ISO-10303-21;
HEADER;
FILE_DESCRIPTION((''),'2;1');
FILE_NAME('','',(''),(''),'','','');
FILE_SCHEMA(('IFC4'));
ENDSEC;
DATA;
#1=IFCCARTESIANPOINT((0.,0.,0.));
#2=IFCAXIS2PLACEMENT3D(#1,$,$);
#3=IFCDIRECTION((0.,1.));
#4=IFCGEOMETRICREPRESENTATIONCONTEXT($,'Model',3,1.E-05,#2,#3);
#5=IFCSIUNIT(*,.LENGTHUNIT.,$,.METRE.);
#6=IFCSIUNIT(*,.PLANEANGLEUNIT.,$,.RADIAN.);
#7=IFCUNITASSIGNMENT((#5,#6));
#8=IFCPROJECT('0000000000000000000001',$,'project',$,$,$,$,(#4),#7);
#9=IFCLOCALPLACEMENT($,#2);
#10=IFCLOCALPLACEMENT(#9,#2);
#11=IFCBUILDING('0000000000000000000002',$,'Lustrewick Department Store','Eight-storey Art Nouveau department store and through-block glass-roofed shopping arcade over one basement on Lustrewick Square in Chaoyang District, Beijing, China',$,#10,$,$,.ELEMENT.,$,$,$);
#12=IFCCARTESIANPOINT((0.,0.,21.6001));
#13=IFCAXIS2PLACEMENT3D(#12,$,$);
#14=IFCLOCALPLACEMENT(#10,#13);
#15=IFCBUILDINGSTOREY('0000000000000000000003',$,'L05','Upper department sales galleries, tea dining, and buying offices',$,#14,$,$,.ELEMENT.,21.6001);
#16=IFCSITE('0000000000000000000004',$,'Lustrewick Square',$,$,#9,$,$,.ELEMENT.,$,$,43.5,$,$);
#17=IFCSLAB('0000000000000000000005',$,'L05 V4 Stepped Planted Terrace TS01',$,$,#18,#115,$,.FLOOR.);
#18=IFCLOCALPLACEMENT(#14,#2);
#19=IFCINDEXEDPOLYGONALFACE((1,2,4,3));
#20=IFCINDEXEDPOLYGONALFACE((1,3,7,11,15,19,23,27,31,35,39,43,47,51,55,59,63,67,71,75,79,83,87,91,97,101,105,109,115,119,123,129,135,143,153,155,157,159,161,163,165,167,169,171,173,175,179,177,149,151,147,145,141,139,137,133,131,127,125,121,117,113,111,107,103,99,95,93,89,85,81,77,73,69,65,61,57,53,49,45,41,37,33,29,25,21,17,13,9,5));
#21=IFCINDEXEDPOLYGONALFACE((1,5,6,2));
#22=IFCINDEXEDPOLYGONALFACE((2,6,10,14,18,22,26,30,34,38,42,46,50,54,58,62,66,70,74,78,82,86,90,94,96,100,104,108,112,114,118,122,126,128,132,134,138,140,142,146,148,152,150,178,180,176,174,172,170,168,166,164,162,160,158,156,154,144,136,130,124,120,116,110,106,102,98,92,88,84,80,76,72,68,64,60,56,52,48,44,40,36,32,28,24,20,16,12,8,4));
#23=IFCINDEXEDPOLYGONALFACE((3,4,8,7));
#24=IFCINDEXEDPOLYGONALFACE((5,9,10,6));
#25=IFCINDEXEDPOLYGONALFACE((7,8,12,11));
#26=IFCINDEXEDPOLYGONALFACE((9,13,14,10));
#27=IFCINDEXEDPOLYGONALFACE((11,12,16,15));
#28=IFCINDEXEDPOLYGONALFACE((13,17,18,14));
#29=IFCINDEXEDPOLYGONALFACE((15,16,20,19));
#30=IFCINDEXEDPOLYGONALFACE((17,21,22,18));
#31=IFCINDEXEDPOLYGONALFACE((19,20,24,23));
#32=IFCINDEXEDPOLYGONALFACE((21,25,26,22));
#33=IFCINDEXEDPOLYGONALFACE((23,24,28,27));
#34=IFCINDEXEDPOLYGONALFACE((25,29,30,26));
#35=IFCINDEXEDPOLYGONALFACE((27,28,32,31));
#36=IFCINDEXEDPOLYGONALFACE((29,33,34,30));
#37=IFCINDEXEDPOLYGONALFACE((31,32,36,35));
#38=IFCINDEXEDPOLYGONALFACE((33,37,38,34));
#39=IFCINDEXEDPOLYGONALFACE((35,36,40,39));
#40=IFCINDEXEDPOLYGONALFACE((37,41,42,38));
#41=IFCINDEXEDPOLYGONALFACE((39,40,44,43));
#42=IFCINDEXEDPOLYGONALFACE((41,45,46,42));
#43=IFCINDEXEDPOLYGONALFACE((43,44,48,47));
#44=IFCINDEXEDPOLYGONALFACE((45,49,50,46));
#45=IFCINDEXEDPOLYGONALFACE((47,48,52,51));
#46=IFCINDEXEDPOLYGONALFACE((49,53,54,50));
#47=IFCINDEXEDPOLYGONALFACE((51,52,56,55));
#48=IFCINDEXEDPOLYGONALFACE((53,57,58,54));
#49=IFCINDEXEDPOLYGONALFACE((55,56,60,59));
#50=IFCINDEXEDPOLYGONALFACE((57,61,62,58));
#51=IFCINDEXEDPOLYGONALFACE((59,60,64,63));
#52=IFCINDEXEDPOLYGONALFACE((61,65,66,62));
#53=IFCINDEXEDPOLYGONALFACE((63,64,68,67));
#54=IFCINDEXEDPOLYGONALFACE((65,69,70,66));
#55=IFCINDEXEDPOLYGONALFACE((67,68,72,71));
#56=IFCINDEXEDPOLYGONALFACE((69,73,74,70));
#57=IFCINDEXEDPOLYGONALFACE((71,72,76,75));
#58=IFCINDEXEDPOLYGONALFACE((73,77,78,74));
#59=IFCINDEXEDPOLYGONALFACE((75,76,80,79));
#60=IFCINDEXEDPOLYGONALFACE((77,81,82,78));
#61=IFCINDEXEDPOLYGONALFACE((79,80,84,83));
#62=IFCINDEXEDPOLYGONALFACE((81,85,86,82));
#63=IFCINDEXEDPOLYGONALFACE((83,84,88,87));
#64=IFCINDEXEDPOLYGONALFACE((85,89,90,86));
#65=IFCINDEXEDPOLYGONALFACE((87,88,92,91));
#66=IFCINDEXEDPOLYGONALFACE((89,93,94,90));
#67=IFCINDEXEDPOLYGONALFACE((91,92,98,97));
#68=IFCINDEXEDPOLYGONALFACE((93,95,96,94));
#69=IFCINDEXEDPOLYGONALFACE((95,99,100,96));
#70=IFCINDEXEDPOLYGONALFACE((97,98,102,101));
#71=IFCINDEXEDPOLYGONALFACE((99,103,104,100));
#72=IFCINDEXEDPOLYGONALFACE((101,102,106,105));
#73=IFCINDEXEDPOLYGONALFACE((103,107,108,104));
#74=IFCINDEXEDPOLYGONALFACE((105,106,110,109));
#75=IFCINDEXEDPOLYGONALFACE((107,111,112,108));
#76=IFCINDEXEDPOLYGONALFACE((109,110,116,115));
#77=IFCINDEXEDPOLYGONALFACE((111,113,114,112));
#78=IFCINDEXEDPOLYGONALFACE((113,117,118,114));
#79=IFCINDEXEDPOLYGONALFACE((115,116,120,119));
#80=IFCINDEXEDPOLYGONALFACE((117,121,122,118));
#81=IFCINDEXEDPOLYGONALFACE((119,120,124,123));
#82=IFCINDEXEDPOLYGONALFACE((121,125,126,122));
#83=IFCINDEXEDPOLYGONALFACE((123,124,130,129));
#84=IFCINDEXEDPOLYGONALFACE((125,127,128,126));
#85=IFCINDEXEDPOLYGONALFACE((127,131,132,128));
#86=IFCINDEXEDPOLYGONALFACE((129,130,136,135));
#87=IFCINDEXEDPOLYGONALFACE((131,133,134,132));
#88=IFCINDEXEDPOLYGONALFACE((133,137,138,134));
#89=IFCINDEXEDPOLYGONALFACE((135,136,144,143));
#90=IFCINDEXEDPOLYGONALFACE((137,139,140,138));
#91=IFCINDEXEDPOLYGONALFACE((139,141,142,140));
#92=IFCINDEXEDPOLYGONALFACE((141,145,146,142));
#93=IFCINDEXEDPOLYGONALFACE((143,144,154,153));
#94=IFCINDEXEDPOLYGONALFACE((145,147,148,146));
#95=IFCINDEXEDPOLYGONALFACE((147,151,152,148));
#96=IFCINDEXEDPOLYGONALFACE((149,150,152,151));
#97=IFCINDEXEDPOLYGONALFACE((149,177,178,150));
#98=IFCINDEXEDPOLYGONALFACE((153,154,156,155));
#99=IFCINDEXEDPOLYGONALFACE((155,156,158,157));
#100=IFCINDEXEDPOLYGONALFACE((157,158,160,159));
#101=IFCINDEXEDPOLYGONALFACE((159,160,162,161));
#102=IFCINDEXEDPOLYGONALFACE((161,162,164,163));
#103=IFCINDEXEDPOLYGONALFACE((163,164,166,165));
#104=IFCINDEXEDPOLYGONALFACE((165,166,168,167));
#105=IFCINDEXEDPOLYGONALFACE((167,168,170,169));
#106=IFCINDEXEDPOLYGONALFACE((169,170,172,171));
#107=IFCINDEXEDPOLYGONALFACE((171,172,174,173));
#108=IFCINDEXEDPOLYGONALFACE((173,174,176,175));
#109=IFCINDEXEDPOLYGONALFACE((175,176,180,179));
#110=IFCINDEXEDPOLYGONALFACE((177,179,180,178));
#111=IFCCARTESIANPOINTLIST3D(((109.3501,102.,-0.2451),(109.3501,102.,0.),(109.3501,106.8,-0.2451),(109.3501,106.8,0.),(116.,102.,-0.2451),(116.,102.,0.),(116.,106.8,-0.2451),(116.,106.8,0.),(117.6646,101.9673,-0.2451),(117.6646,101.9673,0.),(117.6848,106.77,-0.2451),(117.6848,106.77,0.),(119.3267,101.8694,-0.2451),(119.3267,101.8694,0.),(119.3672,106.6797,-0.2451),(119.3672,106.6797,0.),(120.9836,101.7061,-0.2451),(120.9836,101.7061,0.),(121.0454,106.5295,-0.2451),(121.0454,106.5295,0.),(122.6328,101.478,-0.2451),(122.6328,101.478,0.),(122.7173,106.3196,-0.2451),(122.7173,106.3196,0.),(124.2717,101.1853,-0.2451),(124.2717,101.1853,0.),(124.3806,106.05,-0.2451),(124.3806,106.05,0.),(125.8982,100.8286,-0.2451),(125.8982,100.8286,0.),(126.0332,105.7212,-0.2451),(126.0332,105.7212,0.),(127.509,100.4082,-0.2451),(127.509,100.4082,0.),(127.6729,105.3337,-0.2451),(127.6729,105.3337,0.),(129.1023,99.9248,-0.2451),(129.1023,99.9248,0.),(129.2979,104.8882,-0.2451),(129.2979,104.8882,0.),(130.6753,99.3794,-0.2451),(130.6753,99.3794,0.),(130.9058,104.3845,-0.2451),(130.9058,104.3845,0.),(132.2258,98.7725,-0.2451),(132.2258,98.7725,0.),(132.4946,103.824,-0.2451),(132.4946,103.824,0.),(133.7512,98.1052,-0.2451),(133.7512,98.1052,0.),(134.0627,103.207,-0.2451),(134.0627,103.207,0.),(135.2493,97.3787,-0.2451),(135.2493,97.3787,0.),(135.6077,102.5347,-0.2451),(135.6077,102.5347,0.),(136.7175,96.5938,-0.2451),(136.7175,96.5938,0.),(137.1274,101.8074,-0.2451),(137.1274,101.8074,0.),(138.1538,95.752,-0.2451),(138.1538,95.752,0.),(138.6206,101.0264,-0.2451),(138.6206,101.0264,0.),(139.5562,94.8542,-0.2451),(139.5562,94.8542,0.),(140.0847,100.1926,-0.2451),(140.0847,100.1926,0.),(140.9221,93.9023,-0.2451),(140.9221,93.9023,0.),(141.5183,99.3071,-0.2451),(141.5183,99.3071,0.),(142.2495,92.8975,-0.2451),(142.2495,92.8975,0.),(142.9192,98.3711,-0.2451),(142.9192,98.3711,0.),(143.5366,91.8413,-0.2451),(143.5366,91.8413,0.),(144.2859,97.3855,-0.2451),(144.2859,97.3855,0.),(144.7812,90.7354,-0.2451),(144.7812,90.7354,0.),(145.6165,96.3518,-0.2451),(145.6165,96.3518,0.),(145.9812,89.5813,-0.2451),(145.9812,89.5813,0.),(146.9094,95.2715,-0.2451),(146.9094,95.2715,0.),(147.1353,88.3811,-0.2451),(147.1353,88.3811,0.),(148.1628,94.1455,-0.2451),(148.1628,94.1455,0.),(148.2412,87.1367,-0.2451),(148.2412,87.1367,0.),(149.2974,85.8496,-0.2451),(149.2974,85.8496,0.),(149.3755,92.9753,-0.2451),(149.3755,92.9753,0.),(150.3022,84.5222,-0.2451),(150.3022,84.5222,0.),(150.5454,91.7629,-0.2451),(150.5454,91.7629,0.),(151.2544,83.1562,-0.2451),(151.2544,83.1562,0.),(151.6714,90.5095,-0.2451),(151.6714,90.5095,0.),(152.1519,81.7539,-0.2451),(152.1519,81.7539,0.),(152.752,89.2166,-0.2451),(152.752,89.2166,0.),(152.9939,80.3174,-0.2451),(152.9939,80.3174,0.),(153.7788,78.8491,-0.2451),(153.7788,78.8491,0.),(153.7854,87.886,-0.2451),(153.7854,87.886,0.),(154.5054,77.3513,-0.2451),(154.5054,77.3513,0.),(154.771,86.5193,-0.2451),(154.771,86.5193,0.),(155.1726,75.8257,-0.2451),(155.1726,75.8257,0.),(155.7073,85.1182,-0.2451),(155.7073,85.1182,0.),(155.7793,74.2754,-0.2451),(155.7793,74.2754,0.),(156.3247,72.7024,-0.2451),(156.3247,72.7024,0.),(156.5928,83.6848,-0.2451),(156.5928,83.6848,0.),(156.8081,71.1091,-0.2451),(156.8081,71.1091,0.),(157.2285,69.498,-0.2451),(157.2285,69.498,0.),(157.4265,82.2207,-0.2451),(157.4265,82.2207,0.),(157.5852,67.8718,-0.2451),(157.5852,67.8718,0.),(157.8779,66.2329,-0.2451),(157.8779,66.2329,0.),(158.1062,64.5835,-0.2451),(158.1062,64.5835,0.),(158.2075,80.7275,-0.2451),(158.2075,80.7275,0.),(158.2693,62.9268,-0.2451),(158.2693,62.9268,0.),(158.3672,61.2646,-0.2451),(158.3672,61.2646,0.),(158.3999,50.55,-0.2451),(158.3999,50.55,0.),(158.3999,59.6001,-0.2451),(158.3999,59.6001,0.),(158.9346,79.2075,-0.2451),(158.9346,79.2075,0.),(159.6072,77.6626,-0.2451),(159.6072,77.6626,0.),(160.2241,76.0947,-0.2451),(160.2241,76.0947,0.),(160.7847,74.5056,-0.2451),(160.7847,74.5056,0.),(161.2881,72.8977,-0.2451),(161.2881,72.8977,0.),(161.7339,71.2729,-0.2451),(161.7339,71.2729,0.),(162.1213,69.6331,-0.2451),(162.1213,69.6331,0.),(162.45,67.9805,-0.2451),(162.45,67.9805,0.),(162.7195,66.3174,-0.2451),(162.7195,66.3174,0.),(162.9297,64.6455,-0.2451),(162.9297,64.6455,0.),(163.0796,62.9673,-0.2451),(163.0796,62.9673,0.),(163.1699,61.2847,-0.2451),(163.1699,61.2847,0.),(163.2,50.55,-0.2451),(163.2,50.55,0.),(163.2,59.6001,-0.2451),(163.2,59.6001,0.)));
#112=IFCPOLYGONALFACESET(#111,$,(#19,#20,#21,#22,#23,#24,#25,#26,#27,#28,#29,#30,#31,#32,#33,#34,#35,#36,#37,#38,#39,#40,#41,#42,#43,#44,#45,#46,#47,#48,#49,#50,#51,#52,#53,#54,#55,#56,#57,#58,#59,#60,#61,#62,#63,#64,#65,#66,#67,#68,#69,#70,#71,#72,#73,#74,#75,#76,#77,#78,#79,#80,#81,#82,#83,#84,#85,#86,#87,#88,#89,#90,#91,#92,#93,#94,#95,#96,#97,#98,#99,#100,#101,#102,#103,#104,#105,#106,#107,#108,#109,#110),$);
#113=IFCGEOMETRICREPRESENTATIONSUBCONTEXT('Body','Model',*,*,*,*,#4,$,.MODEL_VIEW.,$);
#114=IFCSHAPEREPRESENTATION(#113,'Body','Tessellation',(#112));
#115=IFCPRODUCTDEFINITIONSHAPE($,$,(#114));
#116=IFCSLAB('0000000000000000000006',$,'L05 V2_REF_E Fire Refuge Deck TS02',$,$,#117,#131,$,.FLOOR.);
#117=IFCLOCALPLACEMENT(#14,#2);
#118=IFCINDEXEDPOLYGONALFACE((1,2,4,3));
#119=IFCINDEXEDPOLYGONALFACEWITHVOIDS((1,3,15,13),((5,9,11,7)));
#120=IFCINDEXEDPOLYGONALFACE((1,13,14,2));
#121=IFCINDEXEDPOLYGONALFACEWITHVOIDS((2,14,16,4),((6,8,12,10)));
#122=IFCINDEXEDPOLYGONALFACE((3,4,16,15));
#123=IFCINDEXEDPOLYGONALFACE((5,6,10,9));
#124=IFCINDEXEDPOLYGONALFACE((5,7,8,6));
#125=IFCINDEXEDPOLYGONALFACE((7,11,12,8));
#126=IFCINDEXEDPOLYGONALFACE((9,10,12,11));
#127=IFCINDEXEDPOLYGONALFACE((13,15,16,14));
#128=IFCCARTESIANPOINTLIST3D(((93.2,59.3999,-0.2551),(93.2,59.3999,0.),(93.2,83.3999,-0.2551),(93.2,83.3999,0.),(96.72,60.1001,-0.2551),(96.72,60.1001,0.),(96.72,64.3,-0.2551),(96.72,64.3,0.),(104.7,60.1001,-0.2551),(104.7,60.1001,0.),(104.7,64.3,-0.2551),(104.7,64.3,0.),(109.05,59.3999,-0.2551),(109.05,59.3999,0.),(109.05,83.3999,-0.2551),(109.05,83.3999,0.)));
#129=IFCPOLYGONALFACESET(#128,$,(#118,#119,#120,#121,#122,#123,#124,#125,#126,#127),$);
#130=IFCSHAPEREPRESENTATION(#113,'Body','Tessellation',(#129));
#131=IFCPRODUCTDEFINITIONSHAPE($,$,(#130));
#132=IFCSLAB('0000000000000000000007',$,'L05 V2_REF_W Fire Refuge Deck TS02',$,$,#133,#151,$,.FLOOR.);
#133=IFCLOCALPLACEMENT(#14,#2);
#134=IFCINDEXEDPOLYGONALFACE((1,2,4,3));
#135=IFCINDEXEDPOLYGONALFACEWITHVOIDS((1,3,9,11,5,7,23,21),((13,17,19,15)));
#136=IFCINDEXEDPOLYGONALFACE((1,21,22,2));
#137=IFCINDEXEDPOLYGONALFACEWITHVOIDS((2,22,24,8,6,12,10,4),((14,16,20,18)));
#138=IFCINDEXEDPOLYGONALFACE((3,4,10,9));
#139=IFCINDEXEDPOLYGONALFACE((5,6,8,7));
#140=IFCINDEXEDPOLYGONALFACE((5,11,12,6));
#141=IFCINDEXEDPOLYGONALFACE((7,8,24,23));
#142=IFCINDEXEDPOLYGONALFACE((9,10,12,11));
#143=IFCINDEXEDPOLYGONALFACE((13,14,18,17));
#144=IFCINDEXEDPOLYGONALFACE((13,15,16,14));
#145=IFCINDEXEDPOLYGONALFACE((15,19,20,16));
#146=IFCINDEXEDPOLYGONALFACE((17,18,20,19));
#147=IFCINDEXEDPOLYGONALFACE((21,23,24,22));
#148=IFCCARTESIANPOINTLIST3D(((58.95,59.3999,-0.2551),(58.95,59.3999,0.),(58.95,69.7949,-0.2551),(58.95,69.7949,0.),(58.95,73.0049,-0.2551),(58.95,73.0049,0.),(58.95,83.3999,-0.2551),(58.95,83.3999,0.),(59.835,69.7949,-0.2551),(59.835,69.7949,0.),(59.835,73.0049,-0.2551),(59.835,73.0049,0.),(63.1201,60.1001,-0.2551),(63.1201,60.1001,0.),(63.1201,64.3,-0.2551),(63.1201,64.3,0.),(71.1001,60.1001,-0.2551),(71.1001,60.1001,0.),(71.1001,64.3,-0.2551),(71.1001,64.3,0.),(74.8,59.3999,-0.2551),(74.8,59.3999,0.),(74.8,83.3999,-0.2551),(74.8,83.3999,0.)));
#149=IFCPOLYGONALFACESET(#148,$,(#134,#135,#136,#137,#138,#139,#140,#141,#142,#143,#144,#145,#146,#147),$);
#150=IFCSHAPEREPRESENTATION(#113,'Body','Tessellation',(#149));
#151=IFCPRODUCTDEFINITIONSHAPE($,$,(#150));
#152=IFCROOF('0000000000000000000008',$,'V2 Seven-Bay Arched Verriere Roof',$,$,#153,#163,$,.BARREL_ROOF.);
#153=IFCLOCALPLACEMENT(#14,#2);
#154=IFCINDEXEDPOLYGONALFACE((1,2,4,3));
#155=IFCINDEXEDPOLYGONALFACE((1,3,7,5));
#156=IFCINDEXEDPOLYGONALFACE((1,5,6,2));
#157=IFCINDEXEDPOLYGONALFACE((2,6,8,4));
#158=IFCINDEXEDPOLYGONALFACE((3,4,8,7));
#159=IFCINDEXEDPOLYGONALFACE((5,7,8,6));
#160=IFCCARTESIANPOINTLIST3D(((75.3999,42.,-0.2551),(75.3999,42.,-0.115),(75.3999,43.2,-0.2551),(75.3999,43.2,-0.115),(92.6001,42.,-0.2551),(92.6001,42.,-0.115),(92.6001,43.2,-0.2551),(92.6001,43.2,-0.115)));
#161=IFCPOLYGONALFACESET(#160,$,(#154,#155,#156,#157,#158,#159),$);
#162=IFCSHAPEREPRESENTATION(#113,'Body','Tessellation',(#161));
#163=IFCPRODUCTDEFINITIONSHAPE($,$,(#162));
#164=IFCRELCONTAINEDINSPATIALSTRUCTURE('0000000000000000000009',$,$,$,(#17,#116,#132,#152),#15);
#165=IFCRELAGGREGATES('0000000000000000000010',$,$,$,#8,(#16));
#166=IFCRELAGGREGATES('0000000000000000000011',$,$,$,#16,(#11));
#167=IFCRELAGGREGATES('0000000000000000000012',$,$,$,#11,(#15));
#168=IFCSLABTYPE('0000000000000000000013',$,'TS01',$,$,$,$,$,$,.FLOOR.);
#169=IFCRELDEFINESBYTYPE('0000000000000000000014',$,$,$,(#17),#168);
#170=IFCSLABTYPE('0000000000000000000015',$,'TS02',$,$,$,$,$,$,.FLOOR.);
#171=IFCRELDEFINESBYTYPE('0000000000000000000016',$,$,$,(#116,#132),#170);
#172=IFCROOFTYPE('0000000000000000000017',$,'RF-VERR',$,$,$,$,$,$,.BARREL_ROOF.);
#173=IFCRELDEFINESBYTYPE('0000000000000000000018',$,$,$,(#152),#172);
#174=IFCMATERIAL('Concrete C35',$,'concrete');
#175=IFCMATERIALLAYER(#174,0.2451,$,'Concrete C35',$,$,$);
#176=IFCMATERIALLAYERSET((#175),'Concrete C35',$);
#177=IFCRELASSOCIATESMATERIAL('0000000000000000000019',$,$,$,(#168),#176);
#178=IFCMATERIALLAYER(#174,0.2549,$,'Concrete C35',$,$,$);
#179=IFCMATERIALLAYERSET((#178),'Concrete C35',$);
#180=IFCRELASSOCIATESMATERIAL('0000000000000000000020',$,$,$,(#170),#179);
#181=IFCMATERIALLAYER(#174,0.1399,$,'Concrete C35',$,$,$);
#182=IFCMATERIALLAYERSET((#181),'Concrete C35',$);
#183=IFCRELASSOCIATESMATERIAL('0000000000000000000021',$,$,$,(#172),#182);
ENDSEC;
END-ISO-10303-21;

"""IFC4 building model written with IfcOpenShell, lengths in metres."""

from ifc_helpers import new_model, si_unit, direction, frame, origin, place, context, subcontext, project, spatial, polyline, outline, extrude, material, layer, layer_set, type_object, element, save


model = new_model("IFC4")

# Units and contexts
model_context = context("Model", 3, precision=1e-05, world=origin(), true_north=direction((0.0, 1.0)))
body_context = subcontext(model_context, "Body", "Model", "MODEL_VIEW")
ifc_project = project(units=[si_unit("LENGTHUNIT", "METRE"), si_unit("PLANEANGLEUNIT", "RADIAN")], contexts=[model_context])

# Site, building, storey
site_placement = place(None, origin())
site = spatial("IfcSite", under=ifc_project, at=site_placement, Name="Lustrewick Square", CompositionType="ELEMENT", RefElevation=43.5)
building_placement = place(site_placement, origin())
building = spatial("IfcBuilding", under=site, at=building_placement, Name="Lustrewick Department Store", Description="Eight-storey Art Nouveau department store and through-block glass-roofed shopping arcade over one basement on Lustrewick Square in Chaoyang District, Beijing, China", CompositionType="ELEMENT")
storey_placement = place(building_placement, frame((0.0, 0.0, 21.6001)))
storey = spatial("IfcBuildingStorey", under=building, at=storey_placement, Name="L05", Description="Upper department sales galleries, tea dining, and buying offices", CompositionType="ELEMENT", Elevation=21.6001)

# Shared definitions
ifc_material_1 = material(Name="Concrete C35", Category="concrete")

# Slabs
ifc_layer_1 = layer(ifc_material_1, 0.2451, Name="Concrete C35")
ifc_layer_set_1 = layer_set([ifc_layer_1], Name="Concrete C35")
slab_type_1 = type_object("IfcSlabType", Name="TS01", PredefinedType="FLOOR", material=ifc_layer_set_1)
slab_1_placement = place(storey_placement, frame((0.0, 0.0, -0.2451)))
element("IfcSlab", 1, at=slab_1_placement, inside=storey, type_object=slab_type_1, Name="L05 V4 Stepped Planted Terrace TS01", PredefinedType="FLOOR", context=body_context, shape_type="SweptSolid", body=[
    extrude(outline(polyline([(109.3501, 106.8), (109.3501, 102.0), (116.0, 102.0), (117.6646, 101.9673), (119.3267, 101.8694), (120.9836, 101.7061), (122.6328, 101.478), (124.2717, 101.1853), (125.8982, 100.8286), (127.509, 100.4082), (129.1023, 99.9248), (130.6753, 99.3794), (132.2258, 98.7725), (133.7512, 98.1052), (135.2493, 97.3787), (136.7175, 96.5938), (138.1538, 95.752), (139.5562, 94.8542), (140.9221, 93.9023), (142.2495, 92.8975), (143.5366, 91.8413), (144.7812, 90.7354), (145.9812, 89.5813), (147.1353, 88.3811), (148.2412, 87.1367), (149.2974, 85.8496), (150.3022, 84.5222), (151.2544, 83.1562), (152.1519, 81.7539), (152.9939, 80.3174), (153.7788, 78.8491), (154.5054, 77.3513), (155.1726, 75.8257), (155.7793, 74.2754), (156.3247, 72.7024), (156.8081, 71.1091), (157.2285, 69.498), (157.5852, 67.8718), (157.8779, 66.2329), (158.1062, 64.5835), (158.2693, 62.9268), (158.3672, 61.2646), (158.3999, 59.6001), (158.3999, 50.55), (163.2, 50.55), (163.2, 59.6001), (163.1699, 61.2847), (163.0796, 62.9673), (162.9297, 64.6455), (162.7195, 66.3174), (162.45, 67.9805), (162.1213, 69.6331), (161.7339, 71.2729), (161.2881, 72.8977), (160.7847, 74.5056), (160.2241, 76.0947), (159.6072, 77.6626), (158.9346, 79.2075), (158.2075, 80.7275), (157.4265, 82.2207), (156.5928, 83.6848), (155.7073, 85.1182), (154.771, 86.5193), (153.7854, 87.886), (152.752, 89.2166), (151.6714, 90.5095), (150.5454, 91.7629), (149.3755, 92.9753), (148.1628, 94.1455), (146.9094, 95.2715), (145.6165, 96.3518), (144.2859, 97.3855), (142.9192, 98.3711), (141.5183, 99.3071), (140.0847, 100.1926), (138.6206, 101.0264), (137.1274, 101.8074), (135.6077, 102.5347), (134.0627, 103.207), (132.4946, 103.824), (130.9058, 104.3845), (129.2979, 104.8882), (127.6729, 105.3337), (126.0332, 105.7212), (124.3806, 106.05), (122.7173, 106.3196), (121.0454, 106.5295), (119.3672, 106.6797), (117.6848, 106.77), (116.0, 106.8), (109.3501, 106.8)])), origin(), (0.0, 0.0, 1.0), 0.2451),
])
ifc_layer_2 = layer(ifc_material_1, 0.2549, Name="Concrete C35")
ifc_layer_set_2 = layer_set([ifc_layer_2], Name="Concrete C35")
slab_type_2 = type_object("IfcSlabType", Name="TS02", PredefinedType="FLOOR", material=ifc_layer_set_2)
slab_2_placement = place(storey_placement, frame((0.0, 0.0, -0.2551)))
element("IfcSlab", 2, at=slab_2_placement, inside=storey, type_object=slab_type_2, Name="L05 V2_REF_E Fire Refuge Deck TS02", PredefinedType="FLOOR", context=body_context, shape_type="SweptSolid", body=[
    extrude(outline(polyline([(109.05, 59.3999), (109.05, 83.3999), (93.2, 83.3999), (93.2, 59.3999), (109.05, 59.3999)]), holes=[polyline([(104.7, 60.1001), (96.72, 60.1001), (96.72, 64.3), (104.7, 64.3), (104.7, 60.1001)])]), origin(), (0.0, 0.0, 1.0), 0.2551),
])
slab_3_placement = place(storey_placement, frame((0.0, 0.0, -0.2551)))
element("IfcSlab", 3, at=slab_3_placement, inside=storey, type_object=slab_type_2, Name="L05 V2_REF_W Fire Refuge Deck TS02", PredefinedType="FLOOR", context=body_context, shape_type="SweptSolid", body=[
    extrude(outline(polyline([(58.95, 73.0049), (59.835, 73.0049), (59.835, 69.7949), (58.95, 69.7949), (58.95, 59.3999), (74.8, 59.3999), (74.8, 83.3999), (58.95, 83.3999), (58.95, 73.0049)]), holes=[polyline([(71.1001, 60.1001), (63.1201, 60.1001), (63.1201, 64.3), (71.1001, 64.3), (71.1001, 60.1001)])]), origin(), (0.0, 0.0, 1.0), 0.2551),
])

# Roof
ifc_layer_3 = layer(ifc_material_1, 0.1399, Name="Concrete C35")
ifc_layer_set_3 = layer_set([ifc_layer_3], Name="Concrete C35")
roof_type = type_object("IfcRoofType", Name="RF-VERR", PredefinedType="BARREL_ROOF", material=ifc_layer_set_3)
roof_placement = place(storey_placement, frame((0.0, 0.0, -0.2551)))
element("IfcRoof", 4, at=roof_placement, inside=storey, type_object=roof_type, Name="V2 Seven-Bay Arched Verriere Roof", PredefinedType="BARREL_ROOF", context=body_context, shape_type="SweptSolid", body=[
    extrude(outline(polyline([(92.6001, 42.0), (92.6001, 43.2), (75.3999, 43.2), (75.3999, 42.0), (92.6001, 42.0)])), origin(), (0.0, 0.0, 1.0), 0.1401),
])

save(model, "model.ifc")
